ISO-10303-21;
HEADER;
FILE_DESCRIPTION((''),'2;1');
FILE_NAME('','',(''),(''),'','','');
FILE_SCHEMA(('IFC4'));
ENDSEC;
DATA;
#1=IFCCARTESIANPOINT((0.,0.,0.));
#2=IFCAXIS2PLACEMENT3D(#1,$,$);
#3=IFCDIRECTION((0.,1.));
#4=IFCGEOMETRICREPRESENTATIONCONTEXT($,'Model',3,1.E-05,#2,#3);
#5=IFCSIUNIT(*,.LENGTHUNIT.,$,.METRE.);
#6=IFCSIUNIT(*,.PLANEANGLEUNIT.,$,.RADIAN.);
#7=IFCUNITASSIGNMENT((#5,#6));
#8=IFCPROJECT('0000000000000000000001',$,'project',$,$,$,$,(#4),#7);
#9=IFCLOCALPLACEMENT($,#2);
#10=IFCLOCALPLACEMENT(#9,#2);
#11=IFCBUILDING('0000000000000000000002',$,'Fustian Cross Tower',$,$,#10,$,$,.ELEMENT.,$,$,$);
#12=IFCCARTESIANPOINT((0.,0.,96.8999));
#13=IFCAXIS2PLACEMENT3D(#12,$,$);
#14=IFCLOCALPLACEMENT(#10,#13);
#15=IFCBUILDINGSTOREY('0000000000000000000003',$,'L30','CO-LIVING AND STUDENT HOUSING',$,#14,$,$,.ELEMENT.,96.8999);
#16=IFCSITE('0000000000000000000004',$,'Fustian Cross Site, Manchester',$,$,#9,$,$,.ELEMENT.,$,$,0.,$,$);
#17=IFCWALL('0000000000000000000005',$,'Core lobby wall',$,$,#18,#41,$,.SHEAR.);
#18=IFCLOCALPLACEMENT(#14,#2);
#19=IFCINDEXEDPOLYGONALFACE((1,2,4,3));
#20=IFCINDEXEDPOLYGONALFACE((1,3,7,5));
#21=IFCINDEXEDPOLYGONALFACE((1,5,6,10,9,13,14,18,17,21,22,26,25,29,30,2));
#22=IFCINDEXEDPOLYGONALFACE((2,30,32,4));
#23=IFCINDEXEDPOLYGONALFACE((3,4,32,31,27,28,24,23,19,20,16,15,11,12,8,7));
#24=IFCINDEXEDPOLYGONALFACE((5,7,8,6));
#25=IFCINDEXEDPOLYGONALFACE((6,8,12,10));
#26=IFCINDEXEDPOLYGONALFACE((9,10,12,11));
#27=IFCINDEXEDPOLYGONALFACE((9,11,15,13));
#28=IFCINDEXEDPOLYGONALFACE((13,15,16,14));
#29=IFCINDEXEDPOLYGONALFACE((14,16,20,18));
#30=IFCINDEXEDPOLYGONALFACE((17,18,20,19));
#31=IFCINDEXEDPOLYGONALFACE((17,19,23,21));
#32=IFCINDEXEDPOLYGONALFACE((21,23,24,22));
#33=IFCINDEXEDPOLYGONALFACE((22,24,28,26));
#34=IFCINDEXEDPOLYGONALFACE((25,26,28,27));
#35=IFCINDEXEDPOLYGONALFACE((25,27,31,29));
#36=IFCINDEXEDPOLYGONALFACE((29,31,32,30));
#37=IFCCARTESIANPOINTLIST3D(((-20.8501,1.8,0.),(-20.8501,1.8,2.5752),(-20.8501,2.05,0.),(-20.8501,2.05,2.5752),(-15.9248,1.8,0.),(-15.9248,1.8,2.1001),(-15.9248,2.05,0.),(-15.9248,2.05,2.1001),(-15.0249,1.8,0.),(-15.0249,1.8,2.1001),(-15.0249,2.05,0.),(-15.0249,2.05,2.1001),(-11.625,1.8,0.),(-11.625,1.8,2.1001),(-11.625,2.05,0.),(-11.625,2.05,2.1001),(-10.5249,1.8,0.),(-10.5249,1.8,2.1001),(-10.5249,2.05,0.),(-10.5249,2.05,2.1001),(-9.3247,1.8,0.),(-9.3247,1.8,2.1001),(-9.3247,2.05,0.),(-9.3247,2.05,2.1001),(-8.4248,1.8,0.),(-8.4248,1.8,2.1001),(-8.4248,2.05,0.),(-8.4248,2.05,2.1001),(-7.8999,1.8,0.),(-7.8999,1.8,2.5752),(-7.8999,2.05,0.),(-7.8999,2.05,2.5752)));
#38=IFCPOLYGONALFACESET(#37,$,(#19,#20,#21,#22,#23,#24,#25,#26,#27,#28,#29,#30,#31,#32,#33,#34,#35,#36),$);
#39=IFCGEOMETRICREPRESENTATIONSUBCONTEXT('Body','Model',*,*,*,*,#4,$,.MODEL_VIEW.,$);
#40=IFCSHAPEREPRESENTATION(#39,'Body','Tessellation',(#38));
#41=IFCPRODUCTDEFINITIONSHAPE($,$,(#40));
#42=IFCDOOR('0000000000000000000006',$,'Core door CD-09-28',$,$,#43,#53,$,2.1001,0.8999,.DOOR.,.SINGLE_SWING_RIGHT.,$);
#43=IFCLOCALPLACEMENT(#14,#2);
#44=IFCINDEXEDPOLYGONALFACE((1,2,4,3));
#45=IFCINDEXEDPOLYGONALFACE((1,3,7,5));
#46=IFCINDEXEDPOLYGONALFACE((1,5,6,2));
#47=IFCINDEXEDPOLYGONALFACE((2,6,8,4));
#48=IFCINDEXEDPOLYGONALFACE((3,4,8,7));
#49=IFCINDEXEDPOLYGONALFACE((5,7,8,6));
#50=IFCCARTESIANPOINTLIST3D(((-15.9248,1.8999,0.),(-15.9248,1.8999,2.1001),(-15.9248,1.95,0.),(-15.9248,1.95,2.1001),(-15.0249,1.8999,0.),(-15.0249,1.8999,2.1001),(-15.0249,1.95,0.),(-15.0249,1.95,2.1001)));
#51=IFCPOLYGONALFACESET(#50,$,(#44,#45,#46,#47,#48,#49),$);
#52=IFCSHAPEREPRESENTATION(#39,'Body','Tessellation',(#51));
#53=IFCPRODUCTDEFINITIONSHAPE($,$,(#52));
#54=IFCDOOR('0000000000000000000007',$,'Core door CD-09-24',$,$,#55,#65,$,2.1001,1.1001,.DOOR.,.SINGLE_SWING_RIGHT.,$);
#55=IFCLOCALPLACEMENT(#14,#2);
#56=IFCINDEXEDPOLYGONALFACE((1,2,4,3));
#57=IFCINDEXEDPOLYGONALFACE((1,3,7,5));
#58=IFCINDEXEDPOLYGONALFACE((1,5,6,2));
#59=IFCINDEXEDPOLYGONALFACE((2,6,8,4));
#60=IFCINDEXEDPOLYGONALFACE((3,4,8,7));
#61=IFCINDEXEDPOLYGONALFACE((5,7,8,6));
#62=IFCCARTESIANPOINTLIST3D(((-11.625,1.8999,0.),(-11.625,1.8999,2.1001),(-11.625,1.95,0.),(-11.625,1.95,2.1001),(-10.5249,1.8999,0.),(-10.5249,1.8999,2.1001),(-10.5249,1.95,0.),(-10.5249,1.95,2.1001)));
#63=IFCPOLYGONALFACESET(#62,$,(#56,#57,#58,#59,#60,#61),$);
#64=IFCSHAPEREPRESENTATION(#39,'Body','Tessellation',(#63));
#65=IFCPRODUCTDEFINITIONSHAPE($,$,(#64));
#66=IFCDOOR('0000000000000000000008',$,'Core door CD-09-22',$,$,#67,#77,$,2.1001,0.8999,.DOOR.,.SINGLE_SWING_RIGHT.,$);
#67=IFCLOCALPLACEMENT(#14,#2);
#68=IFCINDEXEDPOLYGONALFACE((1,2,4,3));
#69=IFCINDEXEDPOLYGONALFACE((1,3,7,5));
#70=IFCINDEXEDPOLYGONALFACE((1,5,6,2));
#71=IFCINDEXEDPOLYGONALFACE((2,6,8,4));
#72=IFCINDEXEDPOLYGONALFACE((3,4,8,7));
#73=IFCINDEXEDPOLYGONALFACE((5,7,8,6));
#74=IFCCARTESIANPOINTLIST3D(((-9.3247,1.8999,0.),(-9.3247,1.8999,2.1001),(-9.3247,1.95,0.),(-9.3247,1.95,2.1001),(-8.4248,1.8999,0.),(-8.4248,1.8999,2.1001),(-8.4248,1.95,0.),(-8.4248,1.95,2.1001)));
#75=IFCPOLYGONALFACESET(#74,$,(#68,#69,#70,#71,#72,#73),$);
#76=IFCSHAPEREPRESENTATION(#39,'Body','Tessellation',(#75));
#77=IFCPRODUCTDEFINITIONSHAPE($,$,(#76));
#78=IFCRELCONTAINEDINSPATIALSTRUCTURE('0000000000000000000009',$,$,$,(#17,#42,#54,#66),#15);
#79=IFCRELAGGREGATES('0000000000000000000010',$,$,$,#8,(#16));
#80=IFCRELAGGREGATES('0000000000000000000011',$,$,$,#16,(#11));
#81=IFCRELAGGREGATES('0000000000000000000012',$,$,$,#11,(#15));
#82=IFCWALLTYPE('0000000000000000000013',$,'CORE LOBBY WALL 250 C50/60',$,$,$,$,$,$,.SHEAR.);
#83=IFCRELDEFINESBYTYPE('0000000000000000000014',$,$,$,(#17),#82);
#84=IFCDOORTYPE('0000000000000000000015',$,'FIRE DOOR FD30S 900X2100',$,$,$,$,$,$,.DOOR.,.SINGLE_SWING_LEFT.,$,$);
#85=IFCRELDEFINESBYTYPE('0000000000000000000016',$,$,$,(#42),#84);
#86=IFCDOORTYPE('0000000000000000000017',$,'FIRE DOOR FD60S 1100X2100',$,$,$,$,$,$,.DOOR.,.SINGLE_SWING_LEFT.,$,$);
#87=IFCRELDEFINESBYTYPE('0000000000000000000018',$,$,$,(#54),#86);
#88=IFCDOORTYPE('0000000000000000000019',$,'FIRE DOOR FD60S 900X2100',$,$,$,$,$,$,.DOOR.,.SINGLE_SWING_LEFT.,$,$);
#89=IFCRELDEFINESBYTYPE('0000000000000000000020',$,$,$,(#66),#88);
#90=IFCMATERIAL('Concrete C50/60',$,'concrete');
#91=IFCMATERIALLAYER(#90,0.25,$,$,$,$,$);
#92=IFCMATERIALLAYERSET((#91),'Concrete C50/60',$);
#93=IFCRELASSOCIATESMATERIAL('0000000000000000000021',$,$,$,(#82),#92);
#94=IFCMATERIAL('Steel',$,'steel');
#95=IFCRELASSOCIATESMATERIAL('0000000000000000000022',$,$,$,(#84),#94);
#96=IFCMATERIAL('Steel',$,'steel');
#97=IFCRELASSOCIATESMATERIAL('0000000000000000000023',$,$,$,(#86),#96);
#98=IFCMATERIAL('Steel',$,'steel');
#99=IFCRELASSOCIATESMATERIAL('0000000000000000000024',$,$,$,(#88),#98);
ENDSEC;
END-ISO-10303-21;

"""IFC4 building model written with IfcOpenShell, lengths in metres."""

from ifc_helpers import new_model, si_unit, direction, frame, frame_2d, origin, place, context, subcontext, project, spatial, rectangle, extrude, material, layer, layer_set, type_object, element, fill, save


model = new_model("IFC4")

# Units and contexts
model_context = context("Model", 3, precision=1e-05, world=origin(), true_north=direction((0.0, 1.0)))
body_context = subcontext(model_context, "Body", "Model", "MODEL_VIEW")
ifc_project = project(units=[si_unit("LENGTHUNIT", "METRE"), si_unit("PLANEANGLEUNIT", "RADIAN")], contexts=[model_context])

# Site, building, storey
site_placement = place(None, origin())
site = spatial("IfcSite", under=ifc_project, at=site_placement, Name="Fustian Cross Site, Manchester", CompositionType="ELEMENT", RefElevation=0.0)
building_placement = place(site_placement, origin())
building = spatial("IfcBuilding", under=site, at=building_placement, Name="Fustian Cross Tower", CompositionType="ELEMENT")
storey_placement = place(building_placement, frame((0.0, 0.0, 96.8999)))
storey = spatial("IfcBuildingStorey", under=building, at=storey_placement, Name="L30", Description="CO-LIVING AND STUDENT HOUSING", CompositionType="ELEMENT", Elevation=96.8999)

# Wall, openings, doors
ifc_material_1 = material(Name="Concrete C50/60", Category="concrete")
ifc_layer_1 = layer(ifc_material_1, 0.25)
ifc_layer_set_1 = layer_set([ifc_layer_1], Name="Concrete C50/60")
wall_type_1 = type_object("IfcWallType", Name="CORE LOBBY WALL 250 C50/60", PredefinedType="SHEAR", material=ifc_layer_set_1)
wall_1_placement = place(storey_placement, frame((-7.8999, 1.925, 0.0), z_axis=(0.0, 0.0, 1.0), x_axis=(-1.0, 0.0, 0.0)))
wall_1 = element("IfcWall", 1, at=wall_1_placement, inside=storey, type_object=wall_type_1, Name="Core lobby wall", PredefinedType="SHEAR", context=body_context, shape_type="SweptSolid", body=[
    extrude(rectangle(XDim=12.9502, YDim=0.25, at=frame_2d((6.4751, 0.0))), origin(), (0.0, 0.0, 1.0), 2.5752),
])
opening_1_placement = place(wall_1_placement, frame((0.5249, 0.0, 0.0)))
opening_1 = element("IfcOpeningElement", 2, at=opening_1_placement, cuts=wall_1, PredefinedType="OPENING", context=body_context, shape_type="SweptSolid", body=[
    extrude(rectangle(XDim=0.8999, YDim=2.1001, at=frame_2d((0.45, 1.05))), frame((0.0, 0.135, 0.0), z_axis=(0.0, -1.0, 0.0), x_axis=(1.0, 0.0, 0.0)), (0.0, 0.0, 1.0), 0.27),
])
opening_2_placement = place(wall_1_placement, frame((2.625, 0.0, 0.0)))
opening_2 = element("IfcOpeningElement", 3, at=opening_2_placement, cuts=wall_1, PredefinedType="OPENING", context=body_context, shape_type="SweptSolid", body=[
    extrude(rectangle(XDim=1.1001, YDim=2.1001, at=frame_2d((0.55, 1.05))), frame((0.0, 0.135, 0.0), z_axis=(0.0, -1.0, 0.0), x_axis=(1.0, 0.0, 0.0)), (0.0, 0.0, 1.0), 0.27),
])
opening_3_placement = place(wall_1_placement, frame((7.125, 0.0, 0.0)))
opening_3 = element("IfcOpeningElement", 4, at=opening_3_placement, cuts=wall_1, PredefinedType="OPENING", context=body_context, shape_type="SweptSolid", body=[
    extrude(rectangle(XDim=0.8999, YDim=2.1001, at=frame_2d((0.45, 1.05))), frame((0.0, 0.135, 0.0), z_axis=(0.0, -1.0, 0.0), x_axis=(1.0, 0.0, 0.0)), (0.0, 0.0, 1.0), 0.27),
])
ifc_material_2 = material(Name="Steel", Category="steel")
door_type_1 = type_object("IfcDoorType", Name="FIRE DOOR FD30S 900X2100", OperationType="SINGLE_SWING_LEFT", PredefinedType="DOOR", material=ifc_material_2)
door_1_placement = place(opening_3_placement, frame((0.8999, 0.0, 0.0), z_axis=(0.0, 0.0, 1.0), x_axis=(-1.0, 0.0, 0.0)))
door_1 = element("IfcDoor", 5, at=door_1_placement, inside=storey, type_object=door_type_1, Name="Core door CD-09-28", OperationType="SINGLE_SWING_RIGHT", OverallHeight=2.1001, OverallWidth=0.8999, PredefinedType="DOOR", context=body_context, shape_type="SweptSolid", body=[
    extrude(rectangle(XDim=0.8999, YDim=2.1001, at=frame_2d((0.45, 1.05))), frame((0.0, 0.0249, 0.0), z_axis=(0.0, -1.0, 0.0), x_axis=(1.0, 0.0, 0.0)), (0.0, 0.0, 1.0), 0.05),
])
fill(opening_3, door_1)
ifc_material_3 = material(Name="Steel", Category="steel")
door_type_2 = type_object("IfcDoorType", Name="FIRE DOOR FD60S 1100X2100", OperationType="SINGLE_SWING_LEFT", PredefinedType="DOOR", material=ifc_material_3)
door_2_placement = place(opening_2_placement, frame((1.1001, 0.0, 0.0), z_axis=(0.0, 0.0, 1.0), x_axis=(-1.0, 0.0, 0.0)))
door_2 = element("IfcDoor", 6, at=door_2_placement, inside=storey, type_object=door_type_2, Name="Core door CD-09-24", OperationType="SINGLE_SWING_RIGHT", OverallHeight=2.1001, OverallWidth=1.1001, PredefinedType="DOOR", context=body_context, shape_type="SweptSolid", body=[
    extrude(rectangle(XDim=1.1001, YDim=2.1001, at=frame_2d((0.55, 1.05))), frame((0.0, 0.0249, 0.0), z_axis=(0.0, -1.0, 0.0), x_axis=(1.0, 0.0, 0.0)), (0.0, 0.0, 1.0), 0.05),
])
fill(opening_2, door_2)
ifc_material_4 = material(Name="Steel", Category="steel")
door_type_3 = type_object("IfcDoorType", Name="FIRE DOOR FD60S 900X2100", OperationType="SINGLE_SWING_LEFT", PredefinedType="DOOR", material=ifc_material_4)
door_3_placement = place(opening_1_placement, frame((0.8999, 0.0, 0.0), z_axis=(0.0, 0.0, 1.0), x_axis=(-1.0, 0.0, 0.0)))
door_3 = element("IfcDoor", 7, at=door_3_placement, inside=storey, type_object=door_type_3, Name="Core door CD-09-22", OperationType="SINGLE_SWING_RIGHT", OverallHeight=2.1001, OverallWidth=0.8999, PredefinedType="DOOR", context=body_context, shape_type="SweptSolid", body=[
    extrude(rectangle(XDim=0.8999, YDim=2.1001, at=frame_2d((0.45, 1.05))), frame((0.0, 0.0249, 0.0), z_axis=(0.0, -1.0, 0.0), x_axis=(1.0, 0.0, 0.0)), (0.0, 0.0, 1.0), 0.05),
])
fill(opening_1, door_3)

save(model, "model.ifc")
